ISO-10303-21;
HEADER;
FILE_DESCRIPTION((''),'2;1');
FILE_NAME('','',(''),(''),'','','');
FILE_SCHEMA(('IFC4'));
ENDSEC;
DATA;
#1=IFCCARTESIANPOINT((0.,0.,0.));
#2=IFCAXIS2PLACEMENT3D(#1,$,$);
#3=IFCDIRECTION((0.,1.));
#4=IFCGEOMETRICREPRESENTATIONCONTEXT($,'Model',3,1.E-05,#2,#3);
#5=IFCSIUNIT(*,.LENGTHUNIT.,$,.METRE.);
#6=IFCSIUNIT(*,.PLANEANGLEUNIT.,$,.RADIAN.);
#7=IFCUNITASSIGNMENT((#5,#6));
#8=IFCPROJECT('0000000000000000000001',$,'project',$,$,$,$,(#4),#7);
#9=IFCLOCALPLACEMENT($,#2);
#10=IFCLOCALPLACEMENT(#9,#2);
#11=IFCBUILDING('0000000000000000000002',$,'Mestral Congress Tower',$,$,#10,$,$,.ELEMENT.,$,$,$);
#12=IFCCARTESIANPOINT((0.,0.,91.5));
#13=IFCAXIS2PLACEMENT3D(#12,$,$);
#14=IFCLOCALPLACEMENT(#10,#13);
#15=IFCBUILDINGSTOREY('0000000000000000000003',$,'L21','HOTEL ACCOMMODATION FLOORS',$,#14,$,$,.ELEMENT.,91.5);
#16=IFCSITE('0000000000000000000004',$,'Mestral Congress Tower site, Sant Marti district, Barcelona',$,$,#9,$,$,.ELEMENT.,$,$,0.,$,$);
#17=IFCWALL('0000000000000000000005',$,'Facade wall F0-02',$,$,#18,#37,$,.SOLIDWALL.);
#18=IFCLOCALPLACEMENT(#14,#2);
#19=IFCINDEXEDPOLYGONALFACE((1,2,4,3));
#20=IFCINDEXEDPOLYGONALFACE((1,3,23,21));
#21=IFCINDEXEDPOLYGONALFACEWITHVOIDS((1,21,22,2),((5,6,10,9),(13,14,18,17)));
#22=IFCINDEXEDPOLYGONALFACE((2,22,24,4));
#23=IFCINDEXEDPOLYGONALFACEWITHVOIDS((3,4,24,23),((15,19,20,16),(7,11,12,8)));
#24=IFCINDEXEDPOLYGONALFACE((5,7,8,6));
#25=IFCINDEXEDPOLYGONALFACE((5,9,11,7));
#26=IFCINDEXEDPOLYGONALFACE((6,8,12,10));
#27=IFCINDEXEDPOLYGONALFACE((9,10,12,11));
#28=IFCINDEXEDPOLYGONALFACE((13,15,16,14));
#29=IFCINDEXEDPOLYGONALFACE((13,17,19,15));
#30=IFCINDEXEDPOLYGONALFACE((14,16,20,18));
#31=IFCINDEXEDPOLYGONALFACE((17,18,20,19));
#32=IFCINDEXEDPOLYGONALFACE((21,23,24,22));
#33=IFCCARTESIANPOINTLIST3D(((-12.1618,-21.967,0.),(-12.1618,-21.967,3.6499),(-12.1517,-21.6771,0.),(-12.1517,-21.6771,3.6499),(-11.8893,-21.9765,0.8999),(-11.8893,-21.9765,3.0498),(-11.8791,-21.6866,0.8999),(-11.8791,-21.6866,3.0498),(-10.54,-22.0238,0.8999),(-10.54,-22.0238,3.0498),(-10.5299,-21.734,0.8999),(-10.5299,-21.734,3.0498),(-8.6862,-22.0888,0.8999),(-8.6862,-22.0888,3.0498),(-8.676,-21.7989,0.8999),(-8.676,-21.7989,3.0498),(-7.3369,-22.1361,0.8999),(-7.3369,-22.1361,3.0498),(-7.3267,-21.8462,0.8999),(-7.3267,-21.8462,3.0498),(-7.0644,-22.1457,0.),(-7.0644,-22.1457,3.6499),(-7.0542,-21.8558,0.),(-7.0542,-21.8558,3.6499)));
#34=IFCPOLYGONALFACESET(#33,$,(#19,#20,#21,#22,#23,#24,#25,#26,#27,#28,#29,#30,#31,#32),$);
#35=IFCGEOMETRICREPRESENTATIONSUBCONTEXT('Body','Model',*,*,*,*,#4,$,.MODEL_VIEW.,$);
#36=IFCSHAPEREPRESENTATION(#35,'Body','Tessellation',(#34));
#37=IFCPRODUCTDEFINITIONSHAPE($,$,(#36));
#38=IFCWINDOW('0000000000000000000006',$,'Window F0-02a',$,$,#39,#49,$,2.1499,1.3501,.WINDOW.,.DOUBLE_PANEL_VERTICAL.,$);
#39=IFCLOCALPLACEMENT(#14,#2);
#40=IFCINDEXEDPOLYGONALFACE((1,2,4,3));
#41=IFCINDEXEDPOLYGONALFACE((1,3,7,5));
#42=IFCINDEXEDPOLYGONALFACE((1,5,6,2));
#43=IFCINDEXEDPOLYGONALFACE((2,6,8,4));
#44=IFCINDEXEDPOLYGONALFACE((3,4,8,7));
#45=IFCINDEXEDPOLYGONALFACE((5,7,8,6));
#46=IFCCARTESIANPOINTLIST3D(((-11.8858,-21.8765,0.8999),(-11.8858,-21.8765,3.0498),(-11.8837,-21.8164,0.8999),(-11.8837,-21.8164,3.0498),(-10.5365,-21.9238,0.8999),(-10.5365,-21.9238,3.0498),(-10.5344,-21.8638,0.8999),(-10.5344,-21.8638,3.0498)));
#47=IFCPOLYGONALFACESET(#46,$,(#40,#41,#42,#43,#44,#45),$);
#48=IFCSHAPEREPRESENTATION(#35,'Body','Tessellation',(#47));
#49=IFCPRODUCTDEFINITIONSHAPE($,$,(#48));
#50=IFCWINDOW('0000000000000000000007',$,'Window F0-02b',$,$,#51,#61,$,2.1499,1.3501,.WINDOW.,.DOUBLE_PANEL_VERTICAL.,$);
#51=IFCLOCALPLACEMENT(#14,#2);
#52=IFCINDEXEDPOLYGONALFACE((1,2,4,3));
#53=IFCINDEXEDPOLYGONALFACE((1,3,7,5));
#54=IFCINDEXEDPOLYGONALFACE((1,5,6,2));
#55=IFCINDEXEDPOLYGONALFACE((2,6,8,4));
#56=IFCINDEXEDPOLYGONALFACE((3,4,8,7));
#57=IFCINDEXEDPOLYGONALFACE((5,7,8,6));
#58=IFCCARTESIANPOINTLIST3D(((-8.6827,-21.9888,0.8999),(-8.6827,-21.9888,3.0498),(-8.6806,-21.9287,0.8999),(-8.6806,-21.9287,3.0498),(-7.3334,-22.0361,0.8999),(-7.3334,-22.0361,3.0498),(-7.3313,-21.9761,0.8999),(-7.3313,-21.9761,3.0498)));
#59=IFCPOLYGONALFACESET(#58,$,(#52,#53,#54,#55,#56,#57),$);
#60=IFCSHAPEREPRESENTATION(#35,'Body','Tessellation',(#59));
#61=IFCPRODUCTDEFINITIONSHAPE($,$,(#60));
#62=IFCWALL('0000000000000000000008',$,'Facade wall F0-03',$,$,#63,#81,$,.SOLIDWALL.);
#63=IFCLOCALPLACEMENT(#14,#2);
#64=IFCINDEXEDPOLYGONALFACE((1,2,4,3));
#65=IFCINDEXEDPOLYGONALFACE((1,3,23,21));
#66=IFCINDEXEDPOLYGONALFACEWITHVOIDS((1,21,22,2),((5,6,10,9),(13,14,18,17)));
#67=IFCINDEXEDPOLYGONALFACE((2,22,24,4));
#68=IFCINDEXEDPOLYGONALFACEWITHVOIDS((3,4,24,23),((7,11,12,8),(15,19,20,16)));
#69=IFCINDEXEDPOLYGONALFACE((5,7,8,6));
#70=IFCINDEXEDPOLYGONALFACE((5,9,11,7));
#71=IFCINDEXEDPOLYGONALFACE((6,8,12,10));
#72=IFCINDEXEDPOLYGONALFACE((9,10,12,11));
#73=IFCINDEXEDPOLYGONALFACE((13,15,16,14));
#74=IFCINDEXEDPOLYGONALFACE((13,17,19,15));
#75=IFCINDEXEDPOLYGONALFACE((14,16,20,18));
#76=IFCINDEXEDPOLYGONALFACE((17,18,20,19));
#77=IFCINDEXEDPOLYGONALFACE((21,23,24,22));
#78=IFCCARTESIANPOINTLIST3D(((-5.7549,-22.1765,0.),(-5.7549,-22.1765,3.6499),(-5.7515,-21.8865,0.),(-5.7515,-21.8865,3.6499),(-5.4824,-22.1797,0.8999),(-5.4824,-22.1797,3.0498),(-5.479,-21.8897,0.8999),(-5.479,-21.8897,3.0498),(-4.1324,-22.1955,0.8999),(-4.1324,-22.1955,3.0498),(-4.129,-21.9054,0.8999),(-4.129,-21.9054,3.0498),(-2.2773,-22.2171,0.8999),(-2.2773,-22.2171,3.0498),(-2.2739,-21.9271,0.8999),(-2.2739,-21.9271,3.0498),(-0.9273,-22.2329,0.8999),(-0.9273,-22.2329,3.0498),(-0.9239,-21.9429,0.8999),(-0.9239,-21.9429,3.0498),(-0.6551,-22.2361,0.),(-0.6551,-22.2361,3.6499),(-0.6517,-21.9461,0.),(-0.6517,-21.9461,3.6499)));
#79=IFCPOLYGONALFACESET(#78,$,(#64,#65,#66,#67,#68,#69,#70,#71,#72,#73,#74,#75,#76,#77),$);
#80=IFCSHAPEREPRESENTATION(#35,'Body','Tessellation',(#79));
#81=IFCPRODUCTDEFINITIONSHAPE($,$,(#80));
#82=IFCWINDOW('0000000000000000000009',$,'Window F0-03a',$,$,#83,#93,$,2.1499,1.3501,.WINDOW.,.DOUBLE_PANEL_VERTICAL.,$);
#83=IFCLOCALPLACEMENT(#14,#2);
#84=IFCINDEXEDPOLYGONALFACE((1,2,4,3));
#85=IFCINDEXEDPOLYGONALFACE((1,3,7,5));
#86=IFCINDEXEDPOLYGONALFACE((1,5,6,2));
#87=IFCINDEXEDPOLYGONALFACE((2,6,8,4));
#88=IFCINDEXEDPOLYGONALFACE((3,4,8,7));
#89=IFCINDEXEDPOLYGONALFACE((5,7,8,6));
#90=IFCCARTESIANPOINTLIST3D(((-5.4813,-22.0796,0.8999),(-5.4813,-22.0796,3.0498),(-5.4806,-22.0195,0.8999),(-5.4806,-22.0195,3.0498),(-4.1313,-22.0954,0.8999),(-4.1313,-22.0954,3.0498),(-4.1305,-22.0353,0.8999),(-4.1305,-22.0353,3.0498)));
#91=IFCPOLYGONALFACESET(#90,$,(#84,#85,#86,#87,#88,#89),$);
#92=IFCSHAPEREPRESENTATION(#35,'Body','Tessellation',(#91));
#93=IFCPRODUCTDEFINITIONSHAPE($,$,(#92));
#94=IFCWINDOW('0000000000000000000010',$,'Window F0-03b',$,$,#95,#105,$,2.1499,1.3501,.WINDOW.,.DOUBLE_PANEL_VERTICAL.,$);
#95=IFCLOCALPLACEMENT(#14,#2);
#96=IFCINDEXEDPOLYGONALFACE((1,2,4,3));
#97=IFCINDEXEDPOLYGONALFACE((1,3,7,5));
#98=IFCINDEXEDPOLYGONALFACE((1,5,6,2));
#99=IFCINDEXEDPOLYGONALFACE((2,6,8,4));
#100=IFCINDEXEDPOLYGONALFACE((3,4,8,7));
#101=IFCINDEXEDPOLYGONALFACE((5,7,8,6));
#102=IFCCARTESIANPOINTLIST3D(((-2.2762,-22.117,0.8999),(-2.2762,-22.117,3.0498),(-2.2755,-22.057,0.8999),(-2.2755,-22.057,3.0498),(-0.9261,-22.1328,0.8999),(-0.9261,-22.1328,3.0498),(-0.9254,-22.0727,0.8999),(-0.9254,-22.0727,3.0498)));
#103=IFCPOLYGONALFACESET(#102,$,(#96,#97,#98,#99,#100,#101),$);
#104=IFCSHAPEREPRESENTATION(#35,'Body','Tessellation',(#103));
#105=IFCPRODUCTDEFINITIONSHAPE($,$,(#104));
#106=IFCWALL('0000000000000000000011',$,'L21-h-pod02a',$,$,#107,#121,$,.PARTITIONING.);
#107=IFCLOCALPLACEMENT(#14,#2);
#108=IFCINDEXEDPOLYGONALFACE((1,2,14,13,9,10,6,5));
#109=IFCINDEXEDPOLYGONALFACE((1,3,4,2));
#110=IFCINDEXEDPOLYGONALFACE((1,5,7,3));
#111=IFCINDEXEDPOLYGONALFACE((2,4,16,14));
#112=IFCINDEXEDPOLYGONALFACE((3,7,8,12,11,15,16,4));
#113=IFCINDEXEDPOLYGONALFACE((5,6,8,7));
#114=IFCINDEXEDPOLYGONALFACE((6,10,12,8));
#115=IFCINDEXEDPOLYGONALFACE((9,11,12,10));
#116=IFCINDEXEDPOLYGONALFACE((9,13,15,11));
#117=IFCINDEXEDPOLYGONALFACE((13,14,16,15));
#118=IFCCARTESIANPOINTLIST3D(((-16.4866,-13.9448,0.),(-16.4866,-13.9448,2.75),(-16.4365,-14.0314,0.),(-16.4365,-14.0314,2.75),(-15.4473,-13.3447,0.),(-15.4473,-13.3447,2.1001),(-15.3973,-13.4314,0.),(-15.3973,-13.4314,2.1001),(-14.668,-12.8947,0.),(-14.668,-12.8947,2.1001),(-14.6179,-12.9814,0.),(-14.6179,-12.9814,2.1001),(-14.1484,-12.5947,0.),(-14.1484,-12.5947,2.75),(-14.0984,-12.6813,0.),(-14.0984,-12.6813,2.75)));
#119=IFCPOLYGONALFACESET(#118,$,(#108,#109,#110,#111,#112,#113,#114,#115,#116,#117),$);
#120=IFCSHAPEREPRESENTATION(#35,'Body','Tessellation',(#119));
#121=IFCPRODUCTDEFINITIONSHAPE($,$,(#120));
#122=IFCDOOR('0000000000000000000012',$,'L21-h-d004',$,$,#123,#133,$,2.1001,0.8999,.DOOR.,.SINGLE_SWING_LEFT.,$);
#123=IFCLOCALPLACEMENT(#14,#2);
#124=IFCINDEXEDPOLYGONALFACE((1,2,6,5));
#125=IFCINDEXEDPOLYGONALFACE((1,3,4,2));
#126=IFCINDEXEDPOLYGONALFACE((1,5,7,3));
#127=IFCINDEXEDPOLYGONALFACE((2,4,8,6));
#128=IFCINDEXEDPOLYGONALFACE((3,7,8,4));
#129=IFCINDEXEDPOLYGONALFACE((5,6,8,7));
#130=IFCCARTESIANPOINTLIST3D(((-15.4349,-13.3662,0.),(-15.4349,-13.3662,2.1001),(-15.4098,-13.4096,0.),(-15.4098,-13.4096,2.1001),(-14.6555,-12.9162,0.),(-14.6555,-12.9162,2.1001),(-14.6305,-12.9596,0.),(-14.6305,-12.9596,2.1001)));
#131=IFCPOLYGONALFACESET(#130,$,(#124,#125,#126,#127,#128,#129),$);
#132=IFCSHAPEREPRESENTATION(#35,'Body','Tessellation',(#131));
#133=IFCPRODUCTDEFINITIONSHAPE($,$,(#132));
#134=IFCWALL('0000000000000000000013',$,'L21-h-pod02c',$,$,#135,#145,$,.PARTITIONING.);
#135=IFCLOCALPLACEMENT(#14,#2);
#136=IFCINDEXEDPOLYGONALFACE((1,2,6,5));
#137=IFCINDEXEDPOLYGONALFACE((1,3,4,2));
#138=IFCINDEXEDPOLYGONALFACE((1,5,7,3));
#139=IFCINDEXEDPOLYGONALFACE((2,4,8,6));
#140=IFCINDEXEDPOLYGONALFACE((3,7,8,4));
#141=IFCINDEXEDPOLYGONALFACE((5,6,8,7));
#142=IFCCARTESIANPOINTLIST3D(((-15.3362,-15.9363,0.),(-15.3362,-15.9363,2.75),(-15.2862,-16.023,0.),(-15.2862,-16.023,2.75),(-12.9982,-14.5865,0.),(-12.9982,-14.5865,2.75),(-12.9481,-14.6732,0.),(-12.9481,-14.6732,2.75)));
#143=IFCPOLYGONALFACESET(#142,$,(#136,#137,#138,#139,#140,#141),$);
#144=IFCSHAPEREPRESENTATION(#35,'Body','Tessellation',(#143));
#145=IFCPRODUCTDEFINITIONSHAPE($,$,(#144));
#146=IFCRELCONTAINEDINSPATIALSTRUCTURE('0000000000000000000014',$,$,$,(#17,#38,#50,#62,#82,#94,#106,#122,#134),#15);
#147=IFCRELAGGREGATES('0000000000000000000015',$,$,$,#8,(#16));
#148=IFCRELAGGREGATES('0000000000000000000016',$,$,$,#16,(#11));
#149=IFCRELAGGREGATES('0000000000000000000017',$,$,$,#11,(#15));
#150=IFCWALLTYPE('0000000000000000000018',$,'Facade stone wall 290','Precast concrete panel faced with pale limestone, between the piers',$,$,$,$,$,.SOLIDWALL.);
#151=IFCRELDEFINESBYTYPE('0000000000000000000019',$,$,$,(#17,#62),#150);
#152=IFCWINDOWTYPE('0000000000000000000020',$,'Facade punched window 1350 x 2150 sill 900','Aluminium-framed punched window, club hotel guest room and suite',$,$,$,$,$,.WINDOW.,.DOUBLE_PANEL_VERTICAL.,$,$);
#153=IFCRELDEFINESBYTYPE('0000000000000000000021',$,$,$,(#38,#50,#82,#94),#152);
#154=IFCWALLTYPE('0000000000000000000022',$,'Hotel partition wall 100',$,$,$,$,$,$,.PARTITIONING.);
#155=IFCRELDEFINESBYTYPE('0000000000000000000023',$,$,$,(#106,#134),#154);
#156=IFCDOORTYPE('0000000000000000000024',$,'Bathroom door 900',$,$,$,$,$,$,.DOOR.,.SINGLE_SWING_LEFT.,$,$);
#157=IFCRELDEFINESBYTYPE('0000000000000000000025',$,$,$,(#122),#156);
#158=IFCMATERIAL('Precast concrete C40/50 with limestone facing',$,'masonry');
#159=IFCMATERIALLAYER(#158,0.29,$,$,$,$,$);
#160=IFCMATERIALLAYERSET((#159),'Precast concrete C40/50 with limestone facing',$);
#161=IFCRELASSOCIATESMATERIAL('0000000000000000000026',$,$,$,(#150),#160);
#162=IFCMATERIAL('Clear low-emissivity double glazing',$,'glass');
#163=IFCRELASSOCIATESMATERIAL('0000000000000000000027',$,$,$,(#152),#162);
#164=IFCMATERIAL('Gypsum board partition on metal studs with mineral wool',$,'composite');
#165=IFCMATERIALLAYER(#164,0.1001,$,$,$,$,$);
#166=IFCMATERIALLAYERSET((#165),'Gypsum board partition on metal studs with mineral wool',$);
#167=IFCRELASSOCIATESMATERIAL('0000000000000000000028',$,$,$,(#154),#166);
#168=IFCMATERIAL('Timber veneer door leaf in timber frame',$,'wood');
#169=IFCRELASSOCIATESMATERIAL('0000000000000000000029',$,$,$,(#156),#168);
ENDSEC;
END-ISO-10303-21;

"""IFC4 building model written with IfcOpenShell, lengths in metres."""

from ifc_helpers import new_model, si_unit, direction, frame, frame_2d, origin, place, context, subcontext, project, spatial, rectangle, extrude, material, layer, layer_set, type_object, element, fill, save


model = new_model("IFC4")

# Units and contexts
model_context = context("Model", 3, precision=1e-05, world=origin(), true_north=direction((0.0, 1.0)))
body_context = subcontext(model_context, "Body", "Model", "MODEL_VIEW")
ifc_project = project(units=[si_unit("LENGTHUNIT", "METRE"), si_unit("PLANEANGLEUNIT", "RADIAN")], contexts=[model_context])

# Site, building, storey
site_placement = place(None, origin())
site = spatial("IfcSite", under=ifc_project, at=site_placement, Name="Mestral Congress Tower site, Sant Marti district, Barcelona", CompositionType="ELEMENT", RefElevation=0.0)
building_placement = place(site_placement, origin())
building = spatial("IfcBuilding", under=site, at=building_placement, Name="Mestral Congress Tower", CompositionType="ELEMENT")
storey_placement = place(building_placement, frame((0.0, 0.0, 91.5)))
storey = spatial("IfcBuildingStorey", under=building, at=storey_placement, Name="L21", Description="HOTEL ACCOMMODATION FLOORS", CompositionType="ELEMENT", Elevation=91.5)

# Walls, openings, windows
ifc_material_1 = material(Name="Precast concrete C40/50 with limestone facing", Category="masonry")
ifc_layer_1 = layer(ifc_material_1, 0.29)
ifc_layer_set_1 = layer_set([ifc_layer_1], Name="Precast concrete C40/50 with limestone facing")
wall_type_1 = type_object("IfcWallType", Name="Facade stone wall 290", Description="Precast concrete panel faced with pale limestone, between the piers", PredefinedType="SOLIDWALL", material=ifc_layer_set_1)
wall_1_placement = place(storey_placement, frame((-12.1567, -21.822, 0.0), z_axis=(0.0, 0.0, 1.0), x_axis=(0.999386, -0.035038, 0.0)))
wall_1 = element("IfcWall", 1, at=wall_1_placement, inside=storey, type_object=wall_type_1, Name="Facade wall F0-02", PredefinedType="SOLIDWALL", context=body_context, shape_type="SweptSolid", body=[
    extrude(rectangle(XDim=5.1006, YDim=0.29, at=frame_2d((2.5503, 0.0))), origin(), (0.0, 0.0, 1.0), 3.6499),
])
opening_1_placement = place(wall_1_placement, frame((0.2727, 0.0, 0.8999)))
opening_1 = element("IfcOpeningElement", 2, at=opening_1_placement, cuts=wall_1, PredefinedType="OPENING", context=body_context, shape_type="SweptSolid", body=[
    extrude(rectangle(XDim=1.3501, YDim=2.1499, at=frame_2d((0.675, 1.075))), frame((0.0, 0.155, 0.0), z_axis=(0.0, -1.0, 0.0), x_axis=(1.0, 0.0, 0.0)), (0.0, 0.0, 1.0), 0.3101),
])
opening_2_placement = place(wall_1_placement, frame((3.4778, 0.0, 0.8999)))
opening_2 = element("IfcOpeningElement", 3, at=opening_2_placement, cuts=wall_1, PredefinedType="OPENING", context=body_context, shape_type="SweptSolid", body=[
    extrude(rectangle(XDim=1.3501, YDim=2.1499, at=frame_2d((0.675, 1.075))), frame((0.0, 0.155, 0.0), z_axis=(0.0, -1.0, 0.0), x_axis=(1.0, 0.0, 0.0)), (0.0, 0.0, 1.0), 0.3101),
])
ifc_material_2 = material(Name="Clear low-emissivity double glazing", Category="glass")
window_type = type_object("IfcWindowType", Name="Facade punched window 1350 x 2150 sill 900", Description="Aluminium-framed punched window, club hotel guest room and suite", PartitioningType="DOUBLE_PANEL_VERTICAL", PredefinedType="WINDOW", material=ifc_material_2)
window_1_placement = place(opening_1_placement, origin())
window_1 = element("IfcWindow", 4, at=window_1_placement, inside=storey, type_object=window_type, Name="Window F0-02a", OverallHeight=2.1499, OverallWidth=1.3501, PartitioningType="DOUBLE_PANEL_VERTICAL", PredefinedType="WINDOW", context=body_context, shape_type="SweptSolid", body=[
    extrude(rectangle(XDim=1.3501, YDim=2.1499, at=frame_2d((0.675, 1.075))), frame((0.0, 0.0151, 0.0), z_axis=(0.0, -1.0, 0.0), x_axis=(1.0, 0.0, 0.0)), (0.0, 0.0, 1.0), 0.0601),
])
fill(opening_1, window_1)
window_2_placement = place(opening_2_placement, origin())
window_2 = element("IfcWindow", 5, at=window_2_placement, inside=storey, type_object=window_type, Name="Window F0-02b", OverallHeight=2.1499, OverallWidth=1.3501, PartitioningType="DOUBLE_PANEL_VERTICAL", PredefinedType="WINDOW", context=body_context, shape_type="SweptSolid", body=[
    extrude(rectangle(XDim=1.3501, YDim=2.1499, at=frame_2d((0.675, 1.075))), frame((0.0, 0.0151, 0.0), z_axis=(0.0, -1.0, 0.0), x_axis=(1.0, 0.0, 0.0)), (0.0, 0.0, 1.0), 0.0601),
])
fill(opening_2, window_2)
wall_2_placement = place(storey_placement, frame((-5.7532, -22.0315, 0.0), z_axis=(0.0, 0.0, 1.0), x_axis=(0.999932, -0.01168, 0.0)))
wall_2 = element("IfcWall", 6, at=wall_2_placement, inside=storey, type_object=wall_type_1, Name="Facade wall F0-03", PredefinedType="SOLIDWALL", context=body_context, shape_type="SweptSolid", body=[
    extrude(rectangle(XDim=5.1001, YDim=0.29, at=frame_2d((2.55, 0.0))), origin(), (0.0, 0.0, 1.0), 3.6499),
])
opening_3_placement = place(wall_2_placement, frame((0.2725, 0.0, 0.8999)))
opening_3 = element("IfcOpeningElement", 7, at=opening_3_placement, cuts=wall_2, PredefinedType="OPENING", context=body_context, shape_type="SweptSolid", body=[
    extrude(rectangle(XDim=1.3501, YDim=2.1499, at=frame_2d((0.675, 1.075))), frame((0.0, 0.155, 0.0), z_axis=(0.0, -1.0, 0.0), x_axis=(1.0, 0.0, 0.0)), (0.0, 0.0, 1.0), 0.3101),
])
opening_4_placement = place(wall_2_placement, frame((3.4778, 0.0, 0.8999)))
opening_4 = element("IfcOpeningElement", 8, at=opening_4_placement, cuts=wall_2, PredefinedType="OPENING", context=body_context, shape_type="SweptSolid", body=[
    extrude(rectangle(XDim=1.3501, YDim=2.1499, at=frame_2d((0.675, 1.075))), frame((0.0, 0.155, 0.0), z_axis=(0.0, -1.0, 0.0), x_axis=(1.0, 0.0, 0.0)), (0.0, 0.0, 1.0), 0.3101),
])
window_3_placement = place(opening_3_placement, origin())
window_3 = element("IfcWindow", 9, at=window_3_placement, inside=storey, type_object=window_type, Name="Window F0-03a", OverallHeight=2.1499, OverallWidth=1.3501, PartitioningType="DOUBLE_PANEL_VERTICAL", PredefinedType="WINDOW", context=body_context, shape_type="SweptSolid", body=[
    extrude(rectangle(XDim=1.3501, YDim=2.1499, at=frame_2d((0.675, 1.075))), frame((0.0, 0.0151, 0.0), z_axis=(0.0, -1.0, 0.0), x_axis=(1.0, 0.0, 0.0)), (0.0, 0.0, 1.0), 0.0601),
])
fill(opening_3, window_3)
window_4_placement = place(opening_4_placement, origin())
window_4 = element("IfcWindow", 10, at=window_4_placement, inside=storey, type_object=window_type, Name="Window F0-03b", OverallHeight=2.1499, OverallWidth=1.3501, PartitioningType="DOUBLE_PANEL_VERTICAL", PredefinedType="WINDOW", context=body_context, shape_type="SweptSolid", body=[
    extrude(rectangle(XDim=1.3501, YDim=2.1499, at=frame_2d((0.675, 1.075))), frame((0.0, 0.0151, 0.0), z_axis=(0.0, -1.0, 0.0), x_axis=(1.0, 0.0, 0.0)), (0.0, 0.0, 1.0), 0.0601),
])
fill(opening_4, window_4)

# Wall, opening, door
ifc_material_3 = material(Name="Gypsum board partition on metal studs with mineral wool", Category="composite")
ifc_layer_2 = layer(ifc_material_3, 0.1001)
ifc_layer_set_2 = layer_set([ifc_layer_2], Name="Gypsum board partition on metal studs with mineral wool")
wall_type_2 = type_object("IfcWallType", Name="Hotel partition wall 100", PredefinedType="PARTITIONING", material=ifc_layer_set_2)
wall_3_placement = place(storey_placement, frame((-14.1233, -12.6379, 0.0), z_axis=(0.0, 0.0, 1.0), x_axis=(-0.865997, -0.500049, 0.0)))
wall_3 = element("IfcWall", 11, at=wall_3_placement, inside=storey, type_object=wall_type_2, Name="L21-h-pod02a", PredefinedType="PARTITIONING", context=body_context, shape_type="SweptSolid", body=[
    extrude(rectangle(XDim=2.7, YDim=0.1001, at=frame_2d((1.3501, 0.0))), origin(), (0.0, 0.0, 1.0), 2.75),
])
opening_5_placement = place(wall_3_placement, frame((0.6001, 0.0, 0.0)))
opening_5 = element("IfcOpeningElement", 12, at=opening_5_placement, cuts=wall_3, PredefinedType="OPENING", context=body_context, shape_type="SweptSolid", body=[
    extrude(rectangle(XDim=0.8999, YDim=2.1001, at=frame_2d((0.45, 1.05))), frame((0.0, 0.0601, 0.0), z_axis=(0.0, -1.0, 0.0), x_axis=(1.0, 0.0, 0.0)), (0.0, 0.0, 1.0), 0.1201),
])
ifc_material_4 = material(Name="Timber veneer door leaf in timber frame", Category="wood")
door_type_1 = type_object("IfcDoorType", Name="Bathroom door 900", OperationType="SINGLE_SWING_LEFT", PredefinedType="DOOR", material=ifc_material_4)
door_1_placement = place(opening_5_placement, origin())
door_1 = element("IfcDoor", 13, at=door_1_placement, inside=storey, type_object=door_type_1, Name="L21-h-d004", OperationType="SINGLE_SWING_LEFT", OverallHeight=2.1001, OverallWidth=0.8999, PredefinedType="DOOR", context=body_context, shape_type="SweptSolid", body=[
    extrude(rectangle(XDim=0.8999, YDim=2.1001, at=frame_2d((0.45, 1.05))), frame((0.0, 0.0249, 0.0), z_axis=(0.0, -1.0, 0.0), x_axis=(1.0, 0.0, 0.0)), (0.0, 0.0, 1.0), 0.05),
])
fill(opening_5, door_1)

# Wall
wall_4_placement = place(storey_placement, frame((-12.9731, -14.6299, 0.0), z_axis=(0.0, 0.0, 1.0), x_axis=(-0.866037, -0.499981, 0.0)))
element("IfcWall", 14, at=wall_4_placement, inside=storey, type_object=wall_type_2, Name="L21-h-pod02c", PredefinedType="PARTITIONING", context=body_context, shape_type="SweptSolid", body=[
    extrude(rectangle(XDim=2.6997, YDim=0.1001, at=frame_2d((1.3499, 0.0))), origin(), (0.0, 0.0, 1.0), 2.75),
])

save(model, "model.ifc")
